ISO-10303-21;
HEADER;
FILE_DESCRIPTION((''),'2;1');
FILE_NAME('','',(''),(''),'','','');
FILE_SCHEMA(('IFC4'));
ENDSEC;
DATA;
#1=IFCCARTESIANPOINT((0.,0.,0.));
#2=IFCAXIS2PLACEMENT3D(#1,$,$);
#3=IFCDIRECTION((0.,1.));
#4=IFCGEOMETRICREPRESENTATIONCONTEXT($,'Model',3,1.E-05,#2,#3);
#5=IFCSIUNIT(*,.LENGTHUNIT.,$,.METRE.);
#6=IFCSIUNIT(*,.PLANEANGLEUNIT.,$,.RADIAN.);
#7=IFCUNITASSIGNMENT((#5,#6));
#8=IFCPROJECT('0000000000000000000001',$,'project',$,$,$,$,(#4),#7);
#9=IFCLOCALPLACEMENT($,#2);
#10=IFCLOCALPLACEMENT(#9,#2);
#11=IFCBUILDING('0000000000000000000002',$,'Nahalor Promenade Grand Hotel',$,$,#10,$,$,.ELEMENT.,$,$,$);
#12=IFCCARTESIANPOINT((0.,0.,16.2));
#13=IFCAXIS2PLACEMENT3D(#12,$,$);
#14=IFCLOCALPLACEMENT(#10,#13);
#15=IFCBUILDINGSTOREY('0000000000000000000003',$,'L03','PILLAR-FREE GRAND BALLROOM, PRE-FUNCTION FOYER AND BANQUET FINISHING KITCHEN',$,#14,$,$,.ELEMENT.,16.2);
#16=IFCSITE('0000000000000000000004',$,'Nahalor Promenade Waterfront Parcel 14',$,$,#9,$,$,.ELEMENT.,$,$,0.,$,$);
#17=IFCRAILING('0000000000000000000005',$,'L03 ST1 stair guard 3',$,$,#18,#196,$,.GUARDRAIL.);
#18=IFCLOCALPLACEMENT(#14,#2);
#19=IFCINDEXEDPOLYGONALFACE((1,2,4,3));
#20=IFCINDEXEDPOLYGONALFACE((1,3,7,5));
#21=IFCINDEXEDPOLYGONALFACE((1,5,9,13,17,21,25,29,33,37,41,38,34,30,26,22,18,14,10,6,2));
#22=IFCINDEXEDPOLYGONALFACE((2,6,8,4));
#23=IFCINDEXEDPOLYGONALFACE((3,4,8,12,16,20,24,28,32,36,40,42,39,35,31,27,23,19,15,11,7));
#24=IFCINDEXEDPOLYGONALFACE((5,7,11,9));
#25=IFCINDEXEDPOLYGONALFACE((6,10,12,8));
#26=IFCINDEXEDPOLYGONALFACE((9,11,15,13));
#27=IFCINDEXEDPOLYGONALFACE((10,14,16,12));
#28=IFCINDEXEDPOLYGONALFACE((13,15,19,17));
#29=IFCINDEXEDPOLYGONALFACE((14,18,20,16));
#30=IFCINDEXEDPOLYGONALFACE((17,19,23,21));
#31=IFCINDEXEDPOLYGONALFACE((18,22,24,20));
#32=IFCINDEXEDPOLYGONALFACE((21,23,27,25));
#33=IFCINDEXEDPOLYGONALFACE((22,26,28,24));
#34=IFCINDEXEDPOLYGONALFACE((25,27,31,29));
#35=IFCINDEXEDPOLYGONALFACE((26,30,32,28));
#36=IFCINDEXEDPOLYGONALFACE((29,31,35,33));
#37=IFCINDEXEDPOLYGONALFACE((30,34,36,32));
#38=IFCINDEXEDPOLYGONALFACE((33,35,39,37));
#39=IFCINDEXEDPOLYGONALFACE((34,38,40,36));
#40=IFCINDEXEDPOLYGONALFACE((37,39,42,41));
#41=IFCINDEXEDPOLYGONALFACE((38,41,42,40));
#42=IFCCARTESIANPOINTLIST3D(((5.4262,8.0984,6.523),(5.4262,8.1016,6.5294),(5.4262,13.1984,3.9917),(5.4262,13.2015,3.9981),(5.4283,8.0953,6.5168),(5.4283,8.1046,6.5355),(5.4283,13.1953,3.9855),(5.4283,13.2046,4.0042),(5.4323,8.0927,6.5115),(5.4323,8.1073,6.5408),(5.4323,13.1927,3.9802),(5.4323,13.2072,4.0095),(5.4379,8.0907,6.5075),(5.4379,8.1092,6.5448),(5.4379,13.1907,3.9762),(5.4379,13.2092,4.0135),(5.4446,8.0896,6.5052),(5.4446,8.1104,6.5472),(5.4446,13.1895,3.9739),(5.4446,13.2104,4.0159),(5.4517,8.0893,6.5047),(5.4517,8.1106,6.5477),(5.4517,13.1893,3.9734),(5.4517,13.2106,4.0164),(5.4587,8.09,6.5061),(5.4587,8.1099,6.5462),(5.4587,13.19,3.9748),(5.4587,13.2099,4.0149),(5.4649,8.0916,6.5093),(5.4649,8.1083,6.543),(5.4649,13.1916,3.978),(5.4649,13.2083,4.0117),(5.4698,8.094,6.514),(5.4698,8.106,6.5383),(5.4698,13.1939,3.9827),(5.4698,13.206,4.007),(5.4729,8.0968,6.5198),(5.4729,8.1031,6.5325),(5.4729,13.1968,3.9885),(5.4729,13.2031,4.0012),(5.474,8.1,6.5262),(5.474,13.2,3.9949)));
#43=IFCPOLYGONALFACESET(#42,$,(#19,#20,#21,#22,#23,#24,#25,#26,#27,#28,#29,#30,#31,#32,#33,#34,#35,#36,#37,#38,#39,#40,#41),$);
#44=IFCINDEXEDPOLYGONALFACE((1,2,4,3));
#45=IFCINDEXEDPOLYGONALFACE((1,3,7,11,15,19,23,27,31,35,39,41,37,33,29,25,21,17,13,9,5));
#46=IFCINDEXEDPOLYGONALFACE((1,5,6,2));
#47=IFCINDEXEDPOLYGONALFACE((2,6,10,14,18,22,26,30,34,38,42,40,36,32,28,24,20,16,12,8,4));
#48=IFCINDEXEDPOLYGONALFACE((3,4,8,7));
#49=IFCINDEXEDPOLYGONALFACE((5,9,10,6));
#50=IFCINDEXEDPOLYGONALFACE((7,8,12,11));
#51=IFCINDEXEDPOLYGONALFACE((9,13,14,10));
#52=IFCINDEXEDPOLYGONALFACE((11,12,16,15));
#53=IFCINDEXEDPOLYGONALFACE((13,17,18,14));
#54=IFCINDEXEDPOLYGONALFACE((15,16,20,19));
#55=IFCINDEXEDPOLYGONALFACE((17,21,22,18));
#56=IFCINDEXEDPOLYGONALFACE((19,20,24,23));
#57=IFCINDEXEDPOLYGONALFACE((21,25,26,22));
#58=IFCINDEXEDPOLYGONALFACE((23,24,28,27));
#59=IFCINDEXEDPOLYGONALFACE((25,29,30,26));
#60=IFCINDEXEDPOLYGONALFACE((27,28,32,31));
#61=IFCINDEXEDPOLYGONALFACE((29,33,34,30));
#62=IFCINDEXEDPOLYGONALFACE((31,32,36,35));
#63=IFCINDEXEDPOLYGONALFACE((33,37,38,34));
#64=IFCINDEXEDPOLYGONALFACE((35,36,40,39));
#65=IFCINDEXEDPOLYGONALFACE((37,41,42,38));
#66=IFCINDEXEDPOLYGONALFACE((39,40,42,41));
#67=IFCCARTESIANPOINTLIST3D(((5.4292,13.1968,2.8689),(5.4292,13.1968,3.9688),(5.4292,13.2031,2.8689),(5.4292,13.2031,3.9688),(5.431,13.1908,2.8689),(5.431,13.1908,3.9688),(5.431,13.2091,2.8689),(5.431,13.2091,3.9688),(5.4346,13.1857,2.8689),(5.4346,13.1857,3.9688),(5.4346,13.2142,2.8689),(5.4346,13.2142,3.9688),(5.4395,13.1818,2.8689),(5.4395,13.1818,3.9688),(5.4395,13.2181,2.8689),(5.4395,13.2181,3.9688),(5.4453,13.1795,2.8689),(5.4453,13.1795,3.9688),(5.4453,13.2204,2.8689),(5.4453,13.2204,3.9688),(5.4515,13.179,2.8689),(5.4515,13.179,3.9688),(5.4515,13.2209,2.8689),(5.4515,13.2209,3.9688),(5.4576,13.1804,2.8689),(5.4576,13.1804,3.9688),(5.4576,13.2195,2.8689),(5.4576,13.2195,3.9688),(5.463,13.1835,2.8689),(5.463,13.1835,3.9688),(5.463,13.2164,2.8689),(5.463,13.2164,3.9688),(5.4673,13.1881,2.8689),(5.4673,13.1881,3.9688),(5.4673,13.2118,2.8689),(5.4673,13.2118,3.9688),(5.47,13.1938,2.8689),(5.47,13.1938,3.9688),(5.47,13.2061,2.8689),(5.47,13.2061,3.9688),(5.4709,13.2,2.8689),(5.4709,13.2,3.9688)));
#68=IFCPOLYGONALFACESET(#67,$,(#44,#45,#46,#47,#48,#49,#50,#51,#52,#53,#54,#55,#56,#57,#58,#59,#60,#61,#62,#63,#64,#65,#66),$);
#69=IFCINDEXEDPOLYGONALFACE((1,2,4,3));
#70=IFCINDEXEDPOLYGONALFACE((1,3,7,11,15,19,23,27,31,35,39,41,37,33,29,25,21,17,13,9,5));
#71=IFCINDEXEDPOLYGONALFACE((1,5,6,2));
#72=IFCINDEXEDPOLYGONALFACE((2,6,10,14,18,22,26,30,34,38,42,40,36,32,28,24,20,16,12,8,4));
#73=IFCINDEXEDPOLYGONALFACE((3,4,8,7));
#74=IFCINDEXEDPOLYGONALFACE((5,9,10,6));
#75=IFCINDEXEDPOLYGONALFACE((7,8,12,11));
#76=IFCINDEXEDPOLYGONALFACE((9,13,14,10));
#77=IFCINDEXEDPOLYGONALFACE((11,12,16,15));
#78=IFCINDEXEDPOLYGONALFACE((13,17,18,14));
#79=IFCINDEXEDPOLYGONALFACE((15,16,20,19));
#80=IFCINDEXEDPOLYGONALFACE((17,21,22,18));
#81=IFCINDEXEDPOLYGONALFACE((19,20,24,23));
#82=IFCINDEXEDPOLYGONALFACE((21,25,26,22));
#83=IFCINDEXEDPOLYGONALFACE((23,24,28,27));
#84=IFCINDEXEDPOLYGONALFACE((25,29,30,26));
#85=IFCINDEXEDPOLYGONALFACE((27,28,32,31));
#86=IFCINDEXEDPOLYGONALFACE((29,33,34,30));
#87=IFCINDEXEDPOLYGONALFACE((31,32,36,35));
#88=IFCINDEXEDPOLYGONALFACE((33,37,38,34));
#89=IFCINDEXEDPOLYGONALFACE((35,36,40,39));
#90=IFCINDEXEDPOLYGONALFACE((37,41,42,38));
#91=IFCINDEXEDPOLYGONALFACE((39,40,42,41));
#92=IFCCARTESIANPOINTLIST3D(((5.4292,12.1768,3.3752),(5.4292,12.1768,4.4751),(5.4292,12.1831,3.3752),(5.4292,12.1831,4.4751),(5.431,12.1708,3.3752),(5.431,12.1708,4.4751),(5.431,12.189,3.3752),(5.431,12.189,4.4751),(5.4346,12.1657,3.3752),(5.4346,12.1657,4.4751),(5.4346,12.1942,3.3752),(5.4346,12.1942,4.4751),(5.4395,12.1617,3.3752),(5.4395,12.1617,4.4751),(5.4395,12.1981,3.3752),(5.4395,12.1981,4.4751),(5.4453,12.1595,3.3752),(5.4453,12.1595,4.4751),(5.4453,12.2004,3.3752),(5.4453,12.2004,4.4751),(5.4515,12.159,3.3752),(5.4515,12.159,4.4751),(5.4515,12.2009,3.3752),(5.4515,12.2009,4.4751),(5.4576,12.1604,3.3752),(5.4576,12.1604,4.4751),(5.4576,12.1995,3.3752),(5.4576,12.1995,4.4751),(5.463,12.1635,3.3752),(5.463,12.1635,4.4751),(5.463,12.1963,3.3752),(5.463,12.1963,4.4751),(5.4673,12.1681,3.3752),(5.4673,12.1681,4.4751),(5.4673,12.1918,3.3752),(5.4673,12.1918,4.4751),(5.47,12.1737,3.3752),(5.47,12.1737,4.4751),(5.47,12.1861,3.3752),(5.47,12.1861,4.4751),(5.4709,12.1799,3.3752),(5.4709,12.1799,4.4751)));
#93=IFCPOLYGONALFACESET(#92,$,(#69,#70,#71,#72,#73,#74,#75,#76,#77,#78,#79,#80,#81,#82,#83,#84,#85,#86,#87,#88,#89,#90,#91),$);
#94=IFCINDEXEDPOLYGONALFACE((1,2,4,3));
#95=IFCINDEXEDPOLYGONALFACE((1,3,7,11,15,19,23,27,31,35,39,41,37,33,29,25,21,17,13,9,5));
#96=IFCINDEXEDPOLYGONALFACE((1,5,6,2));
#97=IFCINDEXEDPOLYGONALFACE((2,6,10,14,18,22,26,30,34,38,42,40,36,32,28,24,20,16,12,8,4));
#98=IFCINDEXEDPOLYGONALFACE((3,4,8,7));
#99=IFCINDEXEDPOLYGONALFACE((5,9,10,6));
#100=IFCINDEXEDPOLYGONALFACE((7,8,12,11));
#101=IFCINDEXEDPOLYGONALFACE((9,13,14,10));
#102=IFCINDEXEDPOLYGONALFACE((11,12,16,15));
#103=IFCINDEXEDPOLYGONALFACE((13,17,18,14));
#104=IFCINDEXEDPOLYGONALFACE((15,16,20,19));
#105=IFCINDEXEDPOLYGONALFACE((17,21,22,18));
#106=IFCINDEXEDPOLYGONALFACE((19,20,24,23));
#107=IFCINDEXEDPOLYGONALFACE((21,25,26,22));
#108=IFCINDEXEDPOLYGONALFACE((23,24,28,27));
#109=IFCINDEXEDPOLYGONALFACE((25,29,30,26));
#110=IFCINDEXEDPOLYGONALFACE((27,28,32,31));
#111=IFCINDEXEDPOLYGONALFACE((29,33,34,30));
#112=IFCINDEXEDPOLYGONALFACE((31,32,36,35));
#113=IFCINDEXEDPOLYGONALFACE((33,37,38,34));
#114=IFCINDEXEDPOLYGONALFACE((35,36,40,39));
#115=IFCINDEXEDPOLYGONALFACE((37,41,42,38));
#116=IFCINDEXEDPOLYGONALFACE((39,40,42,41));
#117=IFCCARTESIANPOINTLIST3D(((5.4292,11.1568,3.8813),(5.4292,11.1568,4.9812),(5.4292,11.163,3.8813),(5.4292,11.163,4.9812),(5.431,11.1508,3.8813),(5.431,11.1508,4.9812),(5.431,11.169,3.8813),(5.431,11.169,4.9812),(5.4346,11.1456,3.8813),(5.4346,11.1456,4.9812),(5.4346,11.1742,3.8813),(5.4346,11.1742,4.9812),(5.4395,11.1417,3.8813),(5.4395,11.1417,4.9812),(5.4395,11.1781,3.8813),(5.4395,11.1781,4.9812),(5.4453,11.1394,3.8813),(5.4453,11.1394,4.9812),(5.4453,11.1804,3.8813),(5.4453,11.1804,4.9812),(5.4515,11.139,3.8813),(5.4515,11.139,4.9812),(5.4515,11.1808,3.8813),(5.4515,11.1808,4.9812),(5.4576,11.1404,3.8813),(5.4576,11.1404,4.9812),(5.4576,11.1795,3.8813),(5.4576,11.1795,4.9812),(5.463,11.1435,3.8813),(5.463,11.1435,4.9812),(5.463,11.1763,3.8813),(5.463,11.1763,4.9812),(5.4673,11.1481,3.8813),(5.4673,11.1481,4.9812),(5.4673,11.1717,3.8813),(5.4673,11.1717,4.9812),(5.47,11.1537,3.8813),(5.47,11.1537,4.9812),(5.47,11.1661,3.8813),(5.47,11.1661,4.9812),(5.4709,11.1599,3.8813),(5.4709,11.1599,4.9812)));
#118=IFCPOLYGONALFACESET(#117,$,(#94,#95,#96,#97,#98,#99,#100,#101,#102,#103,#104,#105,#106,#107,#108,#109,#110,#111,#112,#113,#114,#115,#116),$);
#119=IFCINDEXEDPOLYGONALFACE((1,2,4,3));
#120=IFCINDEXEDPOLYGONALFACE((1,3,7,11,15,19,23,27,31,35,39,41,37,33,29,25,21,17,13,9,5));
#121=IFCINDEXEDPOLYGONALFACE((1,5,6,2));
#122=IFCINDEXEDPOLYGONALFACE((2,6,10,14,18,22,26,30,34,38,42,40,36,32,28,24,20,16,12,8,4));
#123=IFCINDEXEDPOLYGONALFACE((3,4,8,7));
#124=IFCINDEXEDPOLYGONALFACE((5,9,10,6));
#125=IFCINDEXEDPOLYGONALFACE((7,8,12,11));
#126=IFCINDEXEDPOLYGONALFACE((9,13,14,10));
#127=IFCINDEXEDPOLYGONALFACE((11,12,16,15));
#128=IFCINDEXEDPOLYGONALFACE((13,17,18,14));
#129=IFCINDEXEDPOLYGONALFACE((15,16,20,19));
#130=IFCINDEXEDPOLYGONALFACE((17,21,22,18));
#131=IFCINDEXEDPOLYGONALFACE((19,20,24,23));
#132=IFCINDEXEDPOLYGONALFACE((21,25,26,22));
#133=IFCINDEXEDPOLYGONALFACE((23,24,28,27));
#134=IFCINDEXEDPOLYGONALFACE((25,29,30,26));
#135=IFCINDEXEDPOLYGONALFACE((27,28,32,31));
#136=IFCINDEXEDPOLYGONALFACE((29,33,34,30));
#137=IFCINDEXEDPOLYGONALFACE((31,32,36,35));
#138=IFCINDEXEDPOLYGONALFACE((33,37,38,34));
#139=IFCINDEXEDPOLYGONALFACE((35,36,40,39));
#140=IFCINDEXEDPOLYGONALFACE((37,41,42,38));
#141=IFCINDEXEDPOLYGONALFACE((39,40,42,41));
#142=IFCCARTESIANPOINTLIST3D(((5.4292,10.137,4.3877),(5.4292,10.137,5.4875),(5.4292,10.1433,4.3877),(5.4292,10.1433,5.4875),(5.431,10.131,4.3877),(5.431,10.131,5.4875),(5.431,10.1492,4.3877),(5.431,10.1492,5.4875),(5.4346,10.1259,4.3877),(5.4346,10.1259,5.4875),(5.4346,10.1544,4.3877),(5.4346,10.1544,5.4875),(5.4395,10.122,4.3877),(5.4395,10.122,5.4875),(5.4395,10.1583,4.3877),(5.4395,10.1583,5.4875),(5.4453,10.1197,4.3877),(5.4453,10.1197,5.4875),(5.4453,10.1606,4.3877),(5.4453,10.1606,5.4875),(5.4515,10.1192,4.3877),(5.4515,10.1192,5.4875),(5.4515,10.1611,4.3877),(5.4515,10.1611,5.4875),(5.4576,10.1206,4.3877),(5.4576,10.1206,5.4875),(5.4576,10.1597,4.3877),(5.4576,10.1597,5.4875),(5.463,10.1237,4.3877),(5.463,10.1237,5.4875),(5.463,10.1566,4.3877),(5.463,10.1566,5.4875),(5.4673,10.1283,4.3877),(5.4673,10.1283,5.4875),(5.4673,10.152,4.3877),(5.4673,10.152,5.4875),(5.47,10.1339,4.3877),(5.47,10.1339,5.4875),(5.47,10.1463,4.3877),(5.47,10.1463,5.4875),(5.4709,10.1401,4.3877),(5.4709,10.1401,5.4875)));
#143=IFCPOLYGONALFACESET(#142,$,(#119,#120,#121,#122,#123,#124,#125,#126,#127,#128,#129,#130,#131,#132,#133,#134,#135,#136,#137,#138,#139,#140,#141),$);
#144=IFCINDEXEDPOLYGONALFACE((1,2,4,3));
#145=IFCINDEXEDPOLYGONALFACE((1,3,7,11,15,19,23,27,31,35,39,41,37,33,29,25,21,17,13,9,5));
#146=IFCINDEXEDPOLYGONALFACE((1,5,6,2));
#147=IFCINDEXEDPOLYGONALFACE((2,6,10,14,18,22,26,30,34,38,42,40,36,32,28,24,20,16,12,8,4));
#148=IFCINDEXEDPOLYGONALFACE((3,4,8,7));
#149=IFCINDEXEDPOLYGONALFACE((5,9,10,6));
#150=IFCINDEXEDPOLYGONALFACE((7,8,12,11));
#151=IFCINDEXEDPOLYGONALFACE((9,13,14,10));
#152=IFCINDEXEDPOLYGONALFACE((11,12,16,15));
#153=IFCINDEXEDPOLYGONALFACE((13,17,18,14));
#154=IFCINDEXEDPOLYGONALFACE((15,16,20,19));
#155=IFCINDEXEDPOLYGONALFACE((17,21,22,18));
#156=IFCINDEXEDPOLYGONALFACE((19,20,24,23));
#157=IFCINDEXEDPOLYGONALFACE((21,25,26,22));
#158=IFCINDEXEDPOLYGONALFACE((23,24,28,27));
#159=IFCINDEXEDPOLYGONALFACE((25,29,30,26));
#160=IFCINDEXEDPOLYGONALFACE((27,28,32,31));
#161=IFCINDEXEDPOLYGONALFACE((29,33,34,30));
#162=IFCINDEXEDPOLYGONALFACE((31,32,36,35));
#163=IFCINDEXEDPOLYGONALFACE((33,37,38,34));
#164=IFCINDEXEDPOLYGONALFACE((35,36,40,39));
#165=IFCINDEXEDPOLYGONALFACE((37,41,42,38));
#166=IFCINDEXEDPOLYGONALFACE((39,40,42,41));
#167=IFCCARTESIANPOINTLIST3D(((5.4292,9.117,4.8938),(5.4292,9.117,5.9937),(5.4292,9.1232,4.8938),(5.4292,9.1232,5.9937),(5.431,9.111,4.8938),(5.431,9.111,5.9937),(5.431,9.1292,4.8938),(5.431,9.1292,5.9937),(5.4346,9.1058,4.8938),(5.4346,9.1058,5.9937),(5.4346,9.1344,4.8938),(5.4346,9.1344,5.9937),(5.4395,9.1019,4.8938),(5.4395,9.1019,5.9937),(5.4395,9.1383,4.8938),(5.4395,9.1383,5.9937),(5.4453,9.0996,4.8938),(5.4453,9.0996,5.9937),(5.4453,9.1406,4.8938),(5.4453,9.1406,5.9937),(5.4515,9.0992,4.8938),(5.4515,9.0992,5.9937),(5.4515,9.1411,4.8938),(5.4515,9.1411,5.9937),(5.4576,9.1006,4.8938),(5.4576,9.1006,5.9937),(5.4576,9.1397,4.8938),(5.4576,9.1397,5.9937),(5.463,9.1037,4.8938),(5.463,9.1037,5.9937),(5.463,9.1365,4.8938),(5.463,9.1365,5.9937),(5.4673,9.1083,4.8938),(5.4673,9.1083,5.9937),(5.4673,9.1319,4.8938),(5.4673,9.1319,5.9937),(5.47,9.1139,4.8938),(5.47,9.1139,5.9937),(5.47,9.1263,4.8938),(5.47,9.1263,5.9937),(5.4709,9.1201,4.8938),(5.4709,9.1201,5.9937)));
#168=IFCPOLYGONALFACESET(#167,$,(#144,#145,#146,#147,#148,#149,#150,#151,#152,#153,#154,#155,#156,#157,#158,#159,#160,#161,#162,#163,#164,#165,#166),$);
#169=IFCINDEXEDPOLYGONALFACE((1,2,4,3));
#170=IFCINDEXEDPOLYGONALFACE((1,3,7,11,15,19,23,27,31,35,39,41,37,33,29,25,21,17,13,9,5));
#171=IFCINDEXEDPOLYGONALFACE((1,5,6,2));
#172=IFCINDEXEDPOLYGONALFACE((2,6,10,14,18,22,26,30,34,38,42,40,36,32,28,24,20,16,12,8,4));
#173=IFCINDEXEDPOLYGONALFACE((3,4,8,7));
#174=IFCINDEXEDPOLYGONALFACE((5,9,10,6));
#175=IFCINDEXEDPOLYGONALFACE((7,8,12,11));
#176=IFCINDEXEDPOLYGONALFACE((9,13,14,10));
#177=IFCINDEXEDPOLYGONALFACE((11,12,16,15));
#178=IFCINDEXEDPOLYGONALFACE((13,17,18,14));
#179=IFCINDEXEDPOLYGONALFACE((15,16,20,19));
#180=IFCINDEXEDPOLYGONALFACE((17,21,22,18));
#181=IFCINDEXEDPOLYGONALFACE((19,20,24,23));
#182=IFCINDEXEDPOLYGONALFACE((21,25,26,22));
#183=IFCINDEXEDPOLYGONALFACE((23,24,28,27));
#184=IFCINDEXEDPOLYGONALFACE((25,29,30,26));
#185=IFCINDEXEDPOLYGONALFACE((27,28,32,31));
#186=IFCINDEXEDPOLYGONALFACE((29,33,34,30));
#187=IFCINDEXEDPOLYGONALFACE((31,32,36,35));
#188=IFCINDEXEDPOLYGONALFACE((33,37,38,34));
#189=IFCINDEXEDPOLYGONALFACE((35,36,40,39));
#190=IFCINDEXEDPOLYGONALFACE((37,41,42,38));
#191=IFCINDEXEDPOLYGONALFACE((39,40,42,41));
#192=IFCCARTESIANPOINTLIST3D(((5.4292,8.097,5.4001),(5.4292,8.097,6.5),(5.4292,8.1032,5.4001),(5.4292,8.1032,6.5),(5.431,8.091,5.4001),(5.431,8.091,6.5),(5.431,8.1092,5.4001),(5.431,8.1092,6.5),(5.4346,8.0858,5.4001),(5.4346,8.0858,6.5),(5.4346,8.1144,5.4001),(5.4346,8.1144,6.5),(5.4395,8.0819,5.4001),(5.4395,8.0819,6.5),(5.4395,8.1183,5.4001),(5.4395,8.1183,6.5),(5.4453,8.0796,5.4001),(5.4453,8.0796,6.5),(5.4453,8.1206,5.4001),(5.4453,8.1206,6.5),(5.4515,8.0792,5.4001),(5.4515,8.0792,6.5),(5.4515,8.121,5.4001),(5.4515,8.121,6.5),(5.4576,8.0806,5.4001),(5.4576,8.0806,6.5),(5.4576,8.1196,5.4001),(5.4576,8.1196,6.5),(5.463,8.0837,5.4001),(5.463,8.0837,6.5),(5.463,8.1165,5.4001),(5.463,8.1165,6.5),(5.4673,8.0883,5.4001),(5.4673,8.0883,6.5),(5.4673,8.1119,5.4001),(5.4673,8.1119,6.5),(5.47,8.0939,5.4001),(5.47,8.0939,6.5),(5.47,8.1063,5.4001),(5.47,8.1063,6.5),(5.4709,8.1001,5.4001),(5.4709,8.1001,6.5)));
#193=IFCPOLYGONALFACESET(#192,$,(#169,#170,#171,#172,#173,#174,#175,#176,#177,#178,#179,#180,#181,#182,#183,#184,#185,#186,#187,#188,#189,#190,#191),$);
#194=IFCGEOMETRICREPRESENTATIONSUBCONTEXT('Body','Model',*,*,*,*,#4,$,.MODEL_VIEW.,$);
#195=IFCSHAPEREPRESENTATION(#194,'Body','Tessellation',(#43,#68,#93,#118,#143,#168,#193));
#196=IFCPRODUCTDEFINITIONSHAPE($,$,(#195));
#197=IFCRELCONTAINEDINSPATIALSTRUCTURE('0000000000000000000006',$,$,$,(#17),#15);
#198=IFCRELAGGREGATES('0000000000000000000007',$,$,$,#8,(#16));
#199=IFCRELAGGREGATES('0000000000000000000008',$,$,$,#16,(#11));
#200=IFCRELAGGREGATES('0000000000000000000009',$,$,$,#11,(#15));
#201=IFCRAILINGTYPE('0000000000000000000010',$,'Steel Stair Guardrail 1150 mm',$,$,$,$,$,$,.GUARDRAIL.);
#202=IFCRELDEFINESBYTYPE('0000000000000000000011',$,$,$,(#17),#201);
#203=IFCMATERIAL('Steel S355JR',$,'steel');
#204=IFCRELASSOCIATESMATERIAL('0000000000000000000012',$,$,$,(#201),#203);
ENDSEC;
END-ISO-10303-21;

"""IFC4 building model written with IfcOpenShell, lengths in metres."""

from ifc_helpers import new_model, si_unit, direction, frame, origin, origin_2d, place, context, subcontext, project, spatial, circle, extrude, material, type_object, element, save


model = new_model("IFC4")

# Units and contexts
model_context = context("Model", 3, precision=1e-05, world=origin(), true_north=direction((0.0, 1.0)))
body_context = subcontext(model_context, "Body", "Model", "MODEL_VIEW")
ifc_project = project(units=[si_unit("LENGTHUNIT", "METRE"), si_unit("PLANEANGLEUNIT", "RADIAN")], contexts=[model_context])

# Site, building, storey
site_placement = place(None, origin())
site = spatial("IfcSite", under=ifc_project, at=site_placement, Name="Nahalor Promenade Waterfront Parcel 14", CompositionType="ELEMENT", RefElevation=0.0)
building_placement = place(site_placement, origin())
building = spatial("IfcBuilding", under=site, at=building_placement, Name="Nahalor Promenade Grand Hotel", CompositionType="ELEMENT")
storey_placement = place(building_placement, frame((0.0, 0.0, 16.2)))
storey = spatial("IfcBuildingStorey", under=building, at=storey_placement, Name="L03", Description="PILLAR-FREE GRAND BALLROOM, PRE-FUNCTION FOYER AND BANQUET FINISHING KITCHEN", CompositionType="ELEMENT", Elevation=16.2)

# Shared definitions
ifc_material_1 = material(Name="Steel S355JR", Category="steel")

# Railing
railing_type = type_object("IfcRailingType", Name="Steel Stair Guardrail 1150 mm", PredefinedType="GUARDRAIL", material=ifc_material_1)
railing_1_placement = place(storey_placement, frame((5.45, 13.2, 2.8689)))
element("IfcRailing", 1, at=railing_1_placement, inside=storey, type_object=railing_type, Name="L03 ST1 stair guard 3", PredefinedType="GUARDRAIL", context=body_context, shape_type="SweptSolid", body=[
    extrude(circle(Radius=0.024, at=origin_2d()), frame((0.0, 0.0, 1.126), z_axis=(0.0, -0.895735, 0.444587), x_axis=(1.0, 0.0, 0.0)), (0.0, 0.0, 1.0), 5.6936),
    extrude(circle(Radius=0.021, at=origin_2d()), origin(), (0.0, 0.0, 1.0), 1.0999),
    extrude(circle(Radius=0.021, at=origin_2d()), frame((0.0, -1.02, 0.5063)), (0.0, 0.0, 1.0), 1.0999),
    extrude(circle(Radius=0.021, at=origin_2d()), frame((0.0, -2.04, 1.0125)), (0.0, 0.0, 1.0), 1.0999),
    extrude(circle(Radius=0.021, at=origin_2d()), frame((0.0, -3.0598, 1.5188)), (0.0, 0.0, 1.0), 1.0999),
    extrude(circle(Radius=0.021, at=origin_2d()), frame((0.0, -4.0798, 2.0249)), (0.0, 0.0, 1.0), 1.0999),
    extrude(circle(Radius=0.021, at=origin_2d()), frame((0.0, -5.0999, 2.5312)), (0.0, 0.0, 1.0), 1.0999),
])

save(model, "model.ifc")
